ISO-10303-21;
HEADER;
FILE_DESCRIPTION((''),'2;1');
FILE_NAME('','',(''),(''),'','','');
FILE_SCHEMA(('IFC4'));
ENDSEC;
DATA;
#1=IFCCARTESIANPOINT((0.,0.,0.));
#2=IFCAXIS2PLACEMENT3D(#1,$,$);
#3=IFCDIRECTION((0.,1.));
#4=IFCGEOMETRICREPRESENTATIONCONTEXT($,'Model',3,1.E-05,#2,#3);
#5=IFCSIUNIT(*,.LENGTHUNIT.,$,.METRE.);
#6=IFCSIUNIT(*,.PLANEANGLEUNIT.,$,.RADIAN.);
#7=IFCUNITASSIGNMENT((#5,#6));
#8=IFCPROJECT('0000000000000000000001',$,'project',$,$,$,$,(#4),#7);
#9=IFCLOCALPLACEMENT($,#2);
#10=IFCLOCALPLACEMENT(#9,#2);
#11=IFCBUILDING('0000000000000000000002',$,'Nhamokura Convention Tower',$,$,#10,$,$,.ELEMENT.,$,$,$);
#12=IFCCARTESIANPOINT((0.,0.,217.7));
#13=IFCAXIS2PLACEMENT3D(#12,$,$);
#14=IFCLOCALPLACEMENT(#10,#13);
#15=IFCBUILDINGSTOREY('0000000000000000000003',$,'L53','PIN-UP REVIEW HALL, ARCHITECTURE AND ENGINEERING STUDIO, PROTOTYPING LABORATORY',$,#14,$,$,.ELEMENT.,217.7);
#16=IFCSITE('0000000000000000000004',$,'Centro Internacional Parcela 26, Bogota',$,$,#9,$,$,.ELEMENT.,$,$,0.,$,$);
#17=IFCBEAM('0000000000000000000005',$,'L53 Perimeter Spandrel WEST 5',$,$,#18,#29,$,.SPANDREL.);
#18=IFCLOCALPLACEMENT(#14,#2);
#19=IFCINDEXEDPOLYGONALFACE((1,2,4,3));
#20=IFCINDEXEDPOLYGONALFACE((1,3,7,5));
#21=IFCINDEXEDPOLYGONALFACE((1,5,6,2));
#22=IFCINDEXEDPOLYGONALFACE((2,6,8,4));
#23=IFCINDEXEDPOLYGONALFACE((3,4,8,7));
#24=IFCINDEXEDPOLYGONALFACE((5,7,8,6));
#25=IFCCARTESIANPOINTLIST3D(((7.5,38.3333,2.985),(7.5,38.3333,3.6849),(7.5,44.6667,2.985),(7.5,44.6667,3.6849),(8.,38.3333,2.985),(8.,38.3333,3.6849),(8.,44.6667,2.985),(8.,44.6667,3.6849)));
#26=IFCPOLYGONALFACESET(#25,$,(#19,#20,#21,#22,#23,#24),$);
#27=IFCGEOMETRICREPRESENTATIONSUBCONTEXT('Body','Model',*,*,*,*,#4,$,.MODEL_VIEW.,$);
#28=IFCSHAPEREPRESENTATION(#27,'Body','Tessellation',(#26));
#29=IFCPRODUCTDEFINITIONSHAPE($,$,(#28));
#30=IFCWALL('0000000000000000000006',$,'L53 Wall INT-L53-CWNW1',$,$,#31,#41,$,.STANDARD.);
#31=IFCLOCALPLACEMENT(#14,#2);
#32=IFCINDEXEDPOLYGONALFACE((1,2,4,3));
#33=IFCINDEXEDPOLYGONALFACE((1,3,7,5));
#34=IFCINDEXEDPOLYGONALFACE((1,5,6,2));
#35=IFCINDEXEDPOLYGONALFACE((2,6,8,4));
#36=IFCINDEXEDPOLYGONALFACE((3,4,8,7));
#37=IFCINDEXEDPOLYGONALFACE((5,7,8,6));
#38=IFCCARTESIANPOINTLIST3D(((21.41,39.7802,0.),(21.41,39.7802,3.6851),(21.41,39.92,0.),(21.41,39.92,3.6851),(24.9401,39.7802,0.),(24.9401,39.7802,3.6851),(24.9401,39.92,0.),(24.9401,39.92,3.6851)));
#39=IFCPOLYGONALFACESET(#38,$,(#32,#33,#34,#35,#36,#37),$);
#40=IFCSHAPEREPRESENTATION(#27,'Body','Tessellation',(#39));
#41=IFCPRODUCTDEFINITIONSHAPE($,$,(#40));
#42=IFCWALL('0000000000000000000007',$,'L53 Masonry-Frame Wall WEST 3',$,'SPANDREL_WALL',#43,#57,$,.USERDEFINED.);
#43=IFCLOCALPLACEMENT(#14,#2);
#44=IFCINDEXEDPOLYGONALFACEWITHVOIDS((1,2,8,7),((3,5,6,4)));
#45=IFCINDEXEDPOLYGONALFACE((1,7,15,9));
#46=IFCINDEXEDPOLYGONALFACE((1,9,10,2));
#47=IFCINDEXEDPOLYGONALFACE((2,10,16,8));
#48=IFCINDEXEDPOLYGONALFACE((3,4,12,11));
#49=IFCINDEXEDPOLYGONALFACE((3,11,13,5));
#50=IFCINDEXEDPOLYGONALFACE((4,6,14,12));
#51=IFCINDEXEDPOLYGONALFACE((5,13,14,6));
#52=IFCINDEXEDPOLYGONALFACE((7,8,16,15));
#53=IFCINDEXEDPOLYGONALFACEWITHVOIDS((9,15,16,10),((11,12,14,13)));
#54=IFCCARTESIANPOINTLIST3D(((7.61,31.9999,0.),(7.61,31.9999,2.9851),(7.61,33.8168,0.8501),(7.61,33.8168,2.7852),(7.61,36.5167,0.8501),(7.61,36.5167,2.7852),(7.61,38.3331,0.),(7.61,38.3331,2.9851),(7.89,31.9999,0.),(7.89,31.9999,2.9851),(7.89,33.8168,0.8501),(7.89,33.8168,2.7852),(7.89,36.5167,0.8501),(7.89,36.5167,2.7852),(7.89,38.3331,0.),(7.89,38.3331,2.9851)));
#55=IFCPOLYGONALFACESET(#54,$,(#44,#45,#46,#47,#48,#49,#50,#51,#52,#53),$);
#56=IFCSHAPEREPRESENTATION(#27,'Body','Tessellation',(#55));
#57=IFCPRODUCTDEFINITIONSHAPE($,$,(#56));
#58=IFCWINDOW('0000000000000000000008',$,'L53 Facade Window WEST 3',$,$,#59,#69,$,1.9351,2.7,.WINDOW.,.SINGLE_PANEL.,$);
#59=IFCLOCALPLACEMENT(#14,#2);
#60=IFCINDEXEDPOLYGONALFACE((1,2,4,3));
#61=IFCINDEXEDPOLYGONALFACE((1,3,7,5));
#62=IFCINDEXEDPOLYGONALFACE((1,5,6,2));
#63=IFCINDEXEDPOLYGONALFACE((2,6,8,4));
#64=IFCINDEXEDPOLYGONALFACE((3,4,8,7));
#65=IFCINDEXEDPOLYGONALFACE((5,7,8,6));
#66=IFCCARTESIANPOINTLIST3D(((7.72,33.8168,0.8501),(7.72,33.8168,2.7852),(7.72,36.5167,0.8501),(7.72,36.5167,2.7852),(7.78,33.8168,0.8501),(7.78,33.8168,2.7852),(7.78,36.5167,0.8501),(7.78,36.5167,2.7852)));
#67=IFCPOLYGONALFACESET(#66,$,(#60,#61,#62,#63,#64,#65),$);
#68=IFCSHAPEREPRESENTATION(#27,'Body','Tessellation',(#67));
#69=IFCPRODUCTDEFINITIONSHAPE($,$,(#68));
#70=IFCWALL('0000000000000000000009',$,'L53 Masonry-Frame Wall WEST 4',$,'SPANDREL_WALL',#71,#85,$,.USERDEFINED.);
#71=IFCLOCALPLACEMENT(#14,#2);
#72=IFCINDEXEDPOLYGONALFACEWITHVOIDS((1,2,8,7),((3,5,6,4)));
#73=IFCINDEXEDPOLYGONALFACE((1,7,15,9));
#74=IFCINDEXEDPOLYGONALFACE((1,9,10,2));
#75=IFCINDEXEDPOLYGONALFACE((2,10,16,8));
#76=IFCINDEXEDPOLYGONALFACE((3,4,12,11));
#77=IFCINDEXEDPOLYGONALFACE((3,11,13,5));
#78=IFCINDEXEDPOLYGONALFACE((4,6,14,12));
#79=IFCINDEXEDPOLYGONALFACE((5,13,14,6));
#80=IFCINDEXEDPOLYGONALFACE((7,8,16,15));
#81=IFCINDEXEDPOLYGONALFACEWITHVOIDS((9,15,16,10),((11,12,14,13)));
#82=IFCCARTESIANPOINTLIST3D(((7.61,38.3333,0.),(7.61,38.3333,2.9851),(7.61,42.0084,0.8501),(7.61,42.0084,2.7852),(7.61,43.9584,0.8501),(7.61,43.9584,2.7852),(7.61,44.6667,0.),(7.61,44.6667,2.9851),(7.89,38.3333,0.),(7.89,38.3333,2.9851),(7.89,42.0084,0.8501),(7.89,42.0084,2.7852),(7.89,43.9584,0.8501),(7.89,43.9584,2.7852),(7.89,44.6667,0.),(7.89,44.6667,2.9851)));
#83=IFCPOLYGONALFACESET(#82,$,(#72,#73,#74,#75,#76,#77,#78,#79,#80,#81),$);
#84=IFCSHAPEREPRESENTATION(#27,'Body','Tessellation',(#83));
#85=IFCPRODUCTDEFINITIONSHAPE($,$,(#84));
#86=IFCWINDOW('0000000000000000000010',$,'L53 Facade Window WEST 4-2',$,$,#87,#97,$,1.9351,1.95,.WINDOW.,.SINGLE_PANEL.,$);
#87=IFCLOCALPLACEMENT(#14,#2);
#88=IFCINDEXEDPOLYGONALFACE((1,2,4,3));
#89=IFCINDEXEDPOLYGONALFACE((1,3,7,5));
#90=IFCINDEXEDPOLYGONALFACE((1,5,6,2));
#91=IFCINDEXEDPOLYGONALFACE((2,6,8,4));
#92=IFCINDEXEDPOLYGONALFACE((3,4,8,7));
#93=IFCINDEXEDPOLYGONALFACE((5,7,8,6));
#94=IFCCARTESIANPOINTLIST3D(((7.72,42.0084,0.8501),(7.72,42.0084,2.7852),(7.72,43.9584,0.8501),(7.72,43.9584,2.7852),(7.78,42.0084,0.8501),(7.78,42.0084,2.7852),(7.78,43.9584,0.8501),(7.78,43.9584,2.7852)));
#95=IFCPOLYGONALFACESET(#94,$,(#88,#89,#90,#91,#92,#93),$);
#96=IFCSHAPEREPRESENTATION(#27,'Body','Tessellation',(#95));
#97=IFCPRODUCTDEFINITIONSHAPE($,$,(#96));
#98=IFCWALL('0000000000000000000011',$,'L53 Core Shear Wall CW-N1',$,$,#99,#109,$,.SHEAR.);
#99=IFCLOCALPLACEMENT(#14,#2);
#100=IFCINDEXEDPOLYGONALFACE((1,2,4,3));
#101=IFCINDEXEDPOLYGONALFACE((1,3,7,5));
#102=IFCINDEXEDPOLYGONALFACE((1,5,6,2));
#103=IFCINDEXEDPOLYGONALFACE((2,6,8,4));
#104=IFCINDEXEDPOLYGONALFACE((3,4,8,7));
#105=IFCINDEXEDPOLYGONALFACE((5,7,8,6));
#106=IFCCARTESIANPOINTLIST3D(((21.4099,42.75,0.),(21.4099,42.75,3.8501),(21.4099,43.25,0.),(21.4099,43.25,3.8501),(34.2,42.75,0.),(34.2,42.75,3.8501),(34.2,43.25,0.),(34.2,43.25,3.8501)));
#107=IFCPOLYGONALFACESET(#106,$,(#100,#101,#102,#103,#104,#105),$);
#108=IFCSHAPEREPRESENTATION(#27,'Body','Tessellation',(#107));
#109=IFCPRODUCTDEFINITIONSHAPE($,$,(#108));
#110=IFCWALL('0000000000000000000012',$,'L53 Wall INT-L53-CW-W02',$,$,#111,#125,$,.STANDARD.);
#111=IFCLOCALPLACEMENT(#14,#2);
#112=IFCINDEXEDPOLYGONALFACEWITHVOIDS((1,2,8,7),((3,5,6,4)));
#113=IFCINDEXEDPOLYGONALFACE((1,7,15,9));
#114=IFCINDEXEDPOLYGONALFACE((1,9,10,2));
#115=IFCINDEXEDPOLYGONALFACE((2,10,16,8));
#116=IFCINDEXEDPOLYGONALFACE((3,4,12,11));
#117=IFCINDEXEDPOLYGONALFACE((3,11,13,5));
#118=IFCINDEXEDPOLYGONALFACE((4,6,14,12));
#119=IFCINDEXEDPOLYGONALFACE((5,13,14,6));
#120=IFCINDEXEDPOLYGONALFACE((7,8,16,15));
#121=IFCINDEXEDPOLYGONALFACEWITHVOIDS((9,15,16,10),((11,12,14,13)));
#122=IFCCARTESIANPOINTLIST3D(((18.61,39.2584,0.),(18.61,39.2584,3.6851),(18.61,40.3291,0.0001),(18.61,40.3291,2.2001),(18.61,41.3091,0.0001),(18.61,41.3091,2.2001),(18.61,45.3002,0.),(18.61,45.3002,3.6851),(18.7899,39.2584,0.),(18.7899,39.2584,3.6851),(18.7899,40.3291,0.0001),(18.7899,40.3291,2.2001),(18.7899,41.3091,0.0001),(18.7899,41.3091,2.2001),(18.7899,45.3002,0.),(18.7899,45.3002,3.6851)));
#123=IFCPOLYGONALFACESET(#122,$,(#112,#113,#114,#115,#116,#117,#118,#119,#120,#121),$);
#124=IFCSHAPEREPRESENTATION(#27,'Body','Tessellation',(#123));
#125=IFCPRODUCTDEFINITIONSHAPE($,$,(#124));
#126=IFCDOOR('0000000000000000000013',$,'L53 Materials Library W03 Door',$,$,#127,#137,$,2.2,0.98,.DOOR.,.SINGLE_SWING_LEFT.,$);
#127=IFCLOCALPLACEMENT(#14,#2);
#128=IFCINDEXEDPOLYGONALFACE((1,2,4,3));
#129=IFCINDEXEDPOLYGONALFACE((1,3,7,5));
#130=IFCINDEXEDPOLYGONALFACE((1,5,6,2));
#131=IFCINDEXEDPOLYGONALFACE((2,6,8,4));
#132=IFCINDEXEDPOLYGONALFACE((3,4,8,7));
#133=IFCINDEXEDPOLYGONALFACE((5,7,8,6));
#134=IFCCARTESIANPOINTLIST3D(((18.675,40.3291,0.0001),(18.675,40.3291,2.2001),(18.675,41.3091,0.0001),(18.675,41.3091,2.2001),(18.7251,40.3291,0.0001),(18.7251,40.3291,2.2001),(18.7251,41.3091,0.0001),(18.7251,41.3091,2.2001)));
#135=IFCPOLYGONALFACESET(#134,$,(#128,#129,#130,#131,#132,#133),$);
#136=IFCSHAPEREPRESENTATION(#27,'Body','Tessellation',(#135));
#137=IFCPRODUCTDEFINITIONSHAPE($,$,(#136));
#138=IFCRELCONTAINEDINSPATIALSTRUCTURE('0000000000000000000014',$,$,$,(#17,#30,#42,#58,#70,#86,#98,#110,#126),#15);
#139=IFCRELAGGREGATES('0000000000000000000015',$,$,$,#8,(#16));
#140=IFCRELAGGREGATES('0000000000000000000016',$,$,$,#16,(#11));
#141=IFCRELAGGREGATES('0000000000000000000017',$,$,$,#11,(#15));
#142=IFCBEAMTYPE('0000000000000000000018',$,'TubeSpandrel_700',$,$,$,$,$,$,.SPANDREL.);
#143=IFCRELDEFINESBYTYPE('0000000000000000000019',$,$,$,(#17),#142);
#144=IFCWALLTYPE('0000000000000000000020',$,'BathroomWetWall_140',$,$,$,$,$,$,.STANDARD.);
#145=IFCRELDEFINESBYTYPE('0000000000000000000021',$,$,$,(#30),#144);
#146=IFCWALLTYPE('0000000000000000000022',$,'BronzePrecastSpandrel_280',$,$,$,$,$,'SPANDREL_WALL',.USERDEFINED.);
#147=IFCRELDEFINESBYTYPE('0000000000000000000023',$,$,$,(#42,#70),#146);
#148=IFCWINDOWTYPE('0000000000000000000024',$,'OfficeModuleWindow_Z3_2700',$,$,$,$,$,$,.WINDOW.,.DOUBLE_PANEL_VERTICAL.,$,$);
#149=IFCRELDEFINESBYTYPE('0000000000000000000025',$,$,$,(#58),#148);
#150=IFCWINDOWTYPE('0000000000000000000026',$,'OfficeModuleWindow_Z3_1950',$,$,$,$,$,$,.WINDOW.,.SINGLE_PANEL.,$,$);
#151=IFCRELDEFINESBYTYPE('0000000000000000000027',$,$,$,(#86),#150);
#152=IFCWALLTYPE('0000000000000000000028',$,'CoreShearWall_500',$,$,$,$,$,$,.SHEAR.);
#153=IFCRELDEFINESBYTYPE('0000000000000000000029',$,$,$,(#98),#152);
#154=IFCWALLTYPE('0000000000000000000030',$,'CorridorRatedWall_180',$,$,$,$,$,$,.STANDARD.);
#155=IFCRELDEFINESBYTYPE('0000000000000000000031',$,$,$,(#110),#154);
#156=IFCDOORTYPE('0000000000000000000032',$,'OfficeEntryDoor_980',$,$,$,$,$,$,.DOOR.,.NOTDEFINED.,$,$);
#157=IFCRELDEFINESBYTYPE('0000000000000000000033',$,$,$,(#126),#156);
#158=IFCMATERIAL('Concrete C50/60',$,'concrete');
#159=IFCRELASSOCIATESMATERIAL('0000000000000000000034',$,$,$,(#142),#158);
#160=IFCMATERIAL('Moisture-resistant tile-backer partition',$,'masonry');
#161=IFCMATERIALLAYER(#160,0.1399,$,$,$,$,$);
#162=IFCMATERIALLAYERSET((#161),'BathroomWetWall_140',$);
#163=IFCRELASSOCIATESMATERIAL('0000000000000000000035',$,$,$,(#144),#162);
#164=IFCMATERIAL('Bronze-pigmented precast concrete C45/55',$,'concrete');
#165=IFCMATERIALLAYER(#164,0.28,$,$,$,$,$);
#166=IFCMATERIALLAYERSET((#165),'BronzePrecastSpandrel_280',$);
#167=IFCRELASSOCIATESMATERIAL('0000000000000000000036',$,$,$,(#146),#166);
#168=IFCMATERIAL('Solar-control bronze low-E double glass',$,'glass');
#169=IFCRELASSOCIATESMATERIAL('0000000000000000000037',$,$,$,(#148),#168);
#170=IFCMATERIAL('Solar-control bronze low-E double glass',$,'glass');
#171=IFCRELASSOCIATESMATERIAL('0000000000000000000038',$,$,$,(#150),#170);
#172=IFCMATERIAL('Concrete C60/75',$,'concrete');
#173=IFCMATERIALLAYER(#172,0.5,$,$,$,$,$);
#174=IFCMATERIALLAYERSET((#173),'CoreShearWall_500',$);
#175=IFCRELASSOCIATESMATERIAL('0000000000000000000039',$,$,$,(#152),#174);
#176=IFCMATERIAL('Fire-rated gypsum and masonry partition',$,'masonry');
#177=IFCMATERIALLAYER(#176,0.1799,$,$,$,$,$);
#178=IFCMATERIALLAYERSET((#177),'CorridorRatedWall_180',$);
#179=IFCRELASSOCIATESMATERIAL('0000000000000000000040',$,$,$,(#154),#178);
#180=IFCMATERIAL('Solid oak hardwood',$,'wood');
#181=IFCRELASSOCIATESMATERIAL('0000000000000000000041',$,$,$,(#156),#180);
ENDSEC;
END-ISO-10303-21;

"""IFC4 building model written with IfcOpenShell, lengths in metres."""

from ifc_helpers import new_model, si_unit, direction, frame, frame_2d, origin, origin_2d, place, context, subcontext, project, spatial, rectangle, extrude, material, layer, layer_set, material_profile, profile_set, type_object, element, fill, save


model = new_model("IFC4")

# Units and contexts
model_context = context("Model", 3, precision=1e-05, world=origin(), true_north=direction((0.0, 1.0)))
body_context = subcontext(model_context, "Body", "Model", "MODEL_VIEW")
ifc_project = project(units=[si_unit("LENGTHUNIT", "METRE"), si_unit("PLANEANGLEUNIT", "RADIAN")], contexts=[model_context])

# Site, building, storey
site_placement = place(None, origin())
site = spatial("IfcSite", under=ifc_project, at=site_placement, Name="Centro Internacional Parcela 26, Bogota", CompositionType="ELEMENT", RefElevation=0.0)
building_placement = place(site_placement, origin())
building = spatial("IfcBuilding", under=site, at=building_placement, Name="Nhamokura Convention Tower", CompositionType="ELEMENT")
storey_placement = place(building_placement, frame((0.0, 0.0, 217.7)))
storey = spatial("IfcBuildingStorey", under=building, at=storey_placement, Name="L53", Description="PIN-UP REVIEW HALL, ARCHITECTURE AND ENGINEERING STUDIO, PROTOTYPING LABORATORY", CompositionType="ELEMENT", Elevation=217.7)

# Beam
ifc_material_1 = material(Name="Concrete C50/60", Category="concrete")
ifc_material_profile_1 = material_profile(ifc_material_1, rectangle(XDim=0.5, YDim=0.7, at=origin_2d()))
ifc_profile_set_1 = profile_set([ifc_material_profile_1], Name="Concrete C50/60")
beam_type_1 = type_object("IfcBeamType", Name="TubeSpandrel_700", PredefinedType="SPANDREL", material=ifc_profile_set_1)
beam_1_placement = place(storey_placement, frame((7.75, 38.3333, 3.335), z_axis=(0.0, 1.0, 0.0), x_axis=(-1.0, 0.0, 0.0)))
element("IfcBeam", 1, at=beam_1_placement, inside=storey, type_object=beam_type_1, Name="L53 Perimeter Spandrel WEST 5", PredefinedType="SPANDREL", context=body_context, shape_type="SweptSolid", body=[
    extrude(rectangle(XDim=0.5, YDim=0.7, at=origin_2d()), origin(), (0.0, 0.0, 1.0), 6.3335),
])

# Wall
ifc_material_2 = material(Name="Moisture-resistant tile-backer partition", Category="masonry")
ifc_layer_1 = layer(ifc_material_2, 0.1399)
ifc_layer_set_1 = layer_set([ifc_layer_1], Name="BathroomWetWall_140")
wall_type_1 = type_object("IfcWallType", Name="BathroomWetWall_140", PredefinedType="STANDARD", material=ifc_layer_set_1)
wall_1_placement = place(storey_placement, frame((21.4099, 39.8501, 0.0), z_axis=(0.0, 0.0, 1.0), x_axis=(1.0, 0.0, 0.0)))
element("IfcWall", 2, at=wall_1_placement, inside=storey, type_object=wall_type_1, Name="L53 Wall INT-L53-CWNW1", PredefinedType="STANDARD", context=body_context, shape_type="SweptSolid", body=[
    extrude(rectangle(XDim=3.53, YDim=0.1399, at=frame_2d((1.7651, 0.0))), origin(), (0.0, 0.0, 1.0), 3.6851),
])

# Walls, openings, windows
ifc_material_3 = material(Name="Bronze-pigmented precast concrete C45/55", Category="concrete")
ifc_layer_2 = layer(ifc_material_3, 0.28)
ifc_layer_set_2 = layer_set([ifc_layer_2], Name="BronzePrecastSpandrel_280")
wall_type_2 = type_object("IfcWallType", Name="BronzePrecastSpandrel_280", ElementType="SPANDREL_WALL", PredefinedType="USERDEFINED", material=ifc_layer_set_2)
wall_2_placement = place(storey_placement, frame((7.75, 32.0, 0.0), z_axis=(0.0, 0.0, 1.0), x_axis=(0.0, 1.0, 0.0)))
wall_2 = element("IfcWall", 3, at=wall_2_placement, inside=storey, type_object=wall_type_2, Name="L53 Masonry-Frame Wall WEST 3", ObjectType="SPANDREL_WALL", PredefinedType="USERDEFINED", context=body_context, shape_type="SweptSolid", body=[
    extrude(rectangle(XDim=6.3333, YDim=0.28, at=frame_2d((3.1665, 0.0))), origin(), (0.0, 0.0, 1.0), 2.9851),
])
opening_1_placement = place(wall_2_placement, frame((1.8167, 0.0, 0.8501)))
opening_1 = element("IfcOpeningElement", 4, at=opening_1_placement, cuts=wall_2, PredefinedType="OPENING", context=body_context, shape_type="SweptSolid", body=[
    extrude(rectangle(XDim=2.7, YDim=1.9351, at=frame_2d((1.3501, 0.9675))), frame((0.0, 0.1499, 0.0), z_axis=(0.0, -1.0, 0.0), x_axis=(1.0, 0.0, 0.0)), (0.0, 0.0, 1.0), 0.3),
])
ifc_material_4 = material(Name="Solar-control bronze low-E double glass", Category="glass")
window_type_1 = type_object("IfcWindowType", Name="OfficeModuleWindow_Z3_2700", PartitioningType="DOUBLE_PANEL_VERTICAL", PredefinedType="WINDOW", material=ifc_material_4)
window_1_placement = place(opening_1_placement, origin())
window_1 = element("IfcWindow", 5, at=window_1_placement, inside=storey, type_object=window_type_1, Name="L53 Facade Window WEST 3", OverallHeight=1.9351, OverallWidth=2.7, PartitioningType="SINGLE_PANEL", PredefinedType="WINDOW", context=body_context, shape_type="SweptSolid", body=[
    extrude(rectangle(XDim=2.7, YDim=1.9351, at=frame_2d((1.3501, 0.9675))), frame((0.0, 0.03, 0.0), z_axis=(0.0, -1.0, 0.0), x_axis=(1.0, 0.0, 0.0)), (0.0, 0.0, 1.0), 0.0601),
])
fill(opening_1, window_1)
wall_3_placement = place(storey_placement, frame((7.75, 38.3333, 0.0), z_axis=(0.0, 0.0, 1.0), x_axis=(0.0, 1.0, 0.0)))
wall_3 = element("IfcWall", 6, at=wall_3_placement, inside=storey, type_object=wall_type_2, Name="L53 Masonry-Frame Wall WEST 4", ObjectType="SPANDREL_WALL", PredefinedType="USERDEFINED", context=body_context, shape_type="SweptSolid", body=[
    extrude(rectangle(XDim=6.3335, YDim=0.28, at=frame_2d((3.1667, 0.0))), origin(), (0.0, 0.0, 1.0), 2.9851),
])
opening_2_placement = place(wall_3_placement, frame((3.675, 0.0, 0.8501)))
opening_2 = element("IfcOpeningElement", 7, at=opening_2_placement, cuts=wall_3, PredefinedType="OPENING", context=body_context, shape_type="SweptSolid", body=[
    extrude(rectangle(XDim=1.95, YDim=1.9351, at=frame_2d((0.9751, 0.9675))), frame((0.0, 0.1499, 0.0), z_axis=(0.0, -1.0, 0.0), x_axis=(1.0, 0.0, 0.0)), (0.0, 0.0, 1.0), 0.3),
])
ifc_material_5 = material(Name="Solar-control bronze low-E double glass", Category="glass")
window_type_2 = type_object("IfcWindowType", Name="OfficeModuleWindow_Z3_1950", PartitioningType="SINGLE_PANEL", PredefinedType="WINDOW", material=ifc_material_5)
window_2_placement = place(opening_2_placement, origin())
window_2 = element("IfcWindow", 8, at=window_2_placement, inside=storey, type_object=window_type_2, Name="L53 Facade Window WEST 4-2", OverallHeight=1.9351, OverallWidth=1.95, PartitioningType="SINGLE_PANEL", PredefinedType="WINDOW", context=body_context, shape_type="SweptSolid", body=[
    extrude(rectangle(XDim=1.95, YDim=1.9351, at=frame_2d((0.9751, 0.9675))), frame((0.0, 0.03, 0.0), z_axis=(0.0, -1.0, 0.0), x_axis=(1.0, 0.0, 0.0)), (0.0, 0.0, 1.0), 0.0601),
])
fill(opening_2, window_2)

# Wall
ifc_material_6 = material(Name="Concrete C60/75", Category="concrete")
ifc_layer_3 = layer(ifc_material_6, 0.5)
ifc_layer_set_3 = layer_set([ifc_layer_3], Name="CoreShearWall_500")
wall_type_3 = type_object("IfcWallType", Name="CoreShearWall_500", PredefinedType="SHEAR", material=ifc_layer_set_3)
wall_4_placement = place(storey_placement, frame((21.4099, 43.0, 0.0), z_axis=(0.0, 0.0, 1.0), x_axis=(1.0, 0.0, 0.0)))
element("IfcWall", 9, at=wall_4_placement, inside=storey, type_object=wall_type_3, Name="L53 Core Shear Wall CW-N1", PredefinedType="SHEAR", context=body_context, shape_type="SweptSolid", body=[
    extrude(rectangle(XDim=12.79, YDim=0.5, at=frame_2d((6.395, 0.0))), origin(), (0.0, 0.0, 1.0), 3.8501),
])

# Wall, opening, door
ifc_material_7 = material(Name="Fire-rated gypsum and masonry partition", Category="masonry")
ifc_layer_4 = layer(ifc_material_7, 0.1799)
ifc_layer_set_4 = layer_set([ifc_layer_4], Name="CorridorRatedWall_180")
wall_type_4 = type_object("IfcWallType", Name="CorridorRatedWall_180", PredefinedType="STANDARD", material=ifc_layer_set_4)
wall_5_placement = place(storey_placement, frame((18.7, 39.2583, 0.0), z_axis=(0.0, 0.0, 1.0), x_axis=(0.0, 1.0, 0.0)))
wall_5 = element("IfcWall", 10, at=wall_5_placement, inside=storey, type_object=wall_type_4, Name="L53 Wall INT-L53-CW-W02", PredefinedType="STANDARD", context=body_context, shape_type="SweptSolid", body=[
    extrude(rectangle(XDim=6.0417, YDim=0.1799, at=frame_2d((3.021, 0.0))), origin(), (0.0, 0.0, 1.0), 3.6851),
])
opening_3_placement = place(wall_5_placement, frame((1.0708, 0.0, 0.0)))
opening_3 = element("IfcOpeningElement", 11, at=opening_3_placement, cuts=wall_5, PredefinedType="OPENING", context=body_context, shape_type="SweptSolid", body=[
    extrude(rectangle(XDim=0.98, YDim=2.2, at=frame_2d((0.49, 1.1001))), frame((0.0, 0.0999, 0.0), z_axis=(0.0, -1.0, 0.0), x_axis=(1.0, 0.0, 0.0)), (0.0, 0.0, 1.0), 0.2),
])
ifc_material_8 = material(Name="Solid oak hardwood", Category="wood")
door_type_1 = type_object("IfcDoorType", Name="OfficeEntryDoor_980", OperationType="NOTDEFINED", PredefinedType="DOOR", material=ifc_material_8)
door_1_placement = place(opening_3_placement, origin())
door_1 = element("IfcDoor", 12, at=door_1_placement, inside=storey, type_object=door_type_1, Name="L53 Materials Library W03 Door", OperationType="SINGLE_SWING_LEFT", OverallHeight=2.2, OverallWidth=0.98, PredefinedType="DOOR", context=body_context, shape_type="SweptSolid", body=[
    extrude(rectangle(XDim=0.98, YDim=2.2, at=frame_2d((0.49, 1.1001))), frame((0.0, 0.0249, 0.0), z_axis=(0.0, -1.0, 0.0), x_axis=(1.0, 0.0, 0.0)), (0.0, 0.0, 1.0), 0.05),
])
fill(opening_3, door_1)

save(model, "model.ifc")
